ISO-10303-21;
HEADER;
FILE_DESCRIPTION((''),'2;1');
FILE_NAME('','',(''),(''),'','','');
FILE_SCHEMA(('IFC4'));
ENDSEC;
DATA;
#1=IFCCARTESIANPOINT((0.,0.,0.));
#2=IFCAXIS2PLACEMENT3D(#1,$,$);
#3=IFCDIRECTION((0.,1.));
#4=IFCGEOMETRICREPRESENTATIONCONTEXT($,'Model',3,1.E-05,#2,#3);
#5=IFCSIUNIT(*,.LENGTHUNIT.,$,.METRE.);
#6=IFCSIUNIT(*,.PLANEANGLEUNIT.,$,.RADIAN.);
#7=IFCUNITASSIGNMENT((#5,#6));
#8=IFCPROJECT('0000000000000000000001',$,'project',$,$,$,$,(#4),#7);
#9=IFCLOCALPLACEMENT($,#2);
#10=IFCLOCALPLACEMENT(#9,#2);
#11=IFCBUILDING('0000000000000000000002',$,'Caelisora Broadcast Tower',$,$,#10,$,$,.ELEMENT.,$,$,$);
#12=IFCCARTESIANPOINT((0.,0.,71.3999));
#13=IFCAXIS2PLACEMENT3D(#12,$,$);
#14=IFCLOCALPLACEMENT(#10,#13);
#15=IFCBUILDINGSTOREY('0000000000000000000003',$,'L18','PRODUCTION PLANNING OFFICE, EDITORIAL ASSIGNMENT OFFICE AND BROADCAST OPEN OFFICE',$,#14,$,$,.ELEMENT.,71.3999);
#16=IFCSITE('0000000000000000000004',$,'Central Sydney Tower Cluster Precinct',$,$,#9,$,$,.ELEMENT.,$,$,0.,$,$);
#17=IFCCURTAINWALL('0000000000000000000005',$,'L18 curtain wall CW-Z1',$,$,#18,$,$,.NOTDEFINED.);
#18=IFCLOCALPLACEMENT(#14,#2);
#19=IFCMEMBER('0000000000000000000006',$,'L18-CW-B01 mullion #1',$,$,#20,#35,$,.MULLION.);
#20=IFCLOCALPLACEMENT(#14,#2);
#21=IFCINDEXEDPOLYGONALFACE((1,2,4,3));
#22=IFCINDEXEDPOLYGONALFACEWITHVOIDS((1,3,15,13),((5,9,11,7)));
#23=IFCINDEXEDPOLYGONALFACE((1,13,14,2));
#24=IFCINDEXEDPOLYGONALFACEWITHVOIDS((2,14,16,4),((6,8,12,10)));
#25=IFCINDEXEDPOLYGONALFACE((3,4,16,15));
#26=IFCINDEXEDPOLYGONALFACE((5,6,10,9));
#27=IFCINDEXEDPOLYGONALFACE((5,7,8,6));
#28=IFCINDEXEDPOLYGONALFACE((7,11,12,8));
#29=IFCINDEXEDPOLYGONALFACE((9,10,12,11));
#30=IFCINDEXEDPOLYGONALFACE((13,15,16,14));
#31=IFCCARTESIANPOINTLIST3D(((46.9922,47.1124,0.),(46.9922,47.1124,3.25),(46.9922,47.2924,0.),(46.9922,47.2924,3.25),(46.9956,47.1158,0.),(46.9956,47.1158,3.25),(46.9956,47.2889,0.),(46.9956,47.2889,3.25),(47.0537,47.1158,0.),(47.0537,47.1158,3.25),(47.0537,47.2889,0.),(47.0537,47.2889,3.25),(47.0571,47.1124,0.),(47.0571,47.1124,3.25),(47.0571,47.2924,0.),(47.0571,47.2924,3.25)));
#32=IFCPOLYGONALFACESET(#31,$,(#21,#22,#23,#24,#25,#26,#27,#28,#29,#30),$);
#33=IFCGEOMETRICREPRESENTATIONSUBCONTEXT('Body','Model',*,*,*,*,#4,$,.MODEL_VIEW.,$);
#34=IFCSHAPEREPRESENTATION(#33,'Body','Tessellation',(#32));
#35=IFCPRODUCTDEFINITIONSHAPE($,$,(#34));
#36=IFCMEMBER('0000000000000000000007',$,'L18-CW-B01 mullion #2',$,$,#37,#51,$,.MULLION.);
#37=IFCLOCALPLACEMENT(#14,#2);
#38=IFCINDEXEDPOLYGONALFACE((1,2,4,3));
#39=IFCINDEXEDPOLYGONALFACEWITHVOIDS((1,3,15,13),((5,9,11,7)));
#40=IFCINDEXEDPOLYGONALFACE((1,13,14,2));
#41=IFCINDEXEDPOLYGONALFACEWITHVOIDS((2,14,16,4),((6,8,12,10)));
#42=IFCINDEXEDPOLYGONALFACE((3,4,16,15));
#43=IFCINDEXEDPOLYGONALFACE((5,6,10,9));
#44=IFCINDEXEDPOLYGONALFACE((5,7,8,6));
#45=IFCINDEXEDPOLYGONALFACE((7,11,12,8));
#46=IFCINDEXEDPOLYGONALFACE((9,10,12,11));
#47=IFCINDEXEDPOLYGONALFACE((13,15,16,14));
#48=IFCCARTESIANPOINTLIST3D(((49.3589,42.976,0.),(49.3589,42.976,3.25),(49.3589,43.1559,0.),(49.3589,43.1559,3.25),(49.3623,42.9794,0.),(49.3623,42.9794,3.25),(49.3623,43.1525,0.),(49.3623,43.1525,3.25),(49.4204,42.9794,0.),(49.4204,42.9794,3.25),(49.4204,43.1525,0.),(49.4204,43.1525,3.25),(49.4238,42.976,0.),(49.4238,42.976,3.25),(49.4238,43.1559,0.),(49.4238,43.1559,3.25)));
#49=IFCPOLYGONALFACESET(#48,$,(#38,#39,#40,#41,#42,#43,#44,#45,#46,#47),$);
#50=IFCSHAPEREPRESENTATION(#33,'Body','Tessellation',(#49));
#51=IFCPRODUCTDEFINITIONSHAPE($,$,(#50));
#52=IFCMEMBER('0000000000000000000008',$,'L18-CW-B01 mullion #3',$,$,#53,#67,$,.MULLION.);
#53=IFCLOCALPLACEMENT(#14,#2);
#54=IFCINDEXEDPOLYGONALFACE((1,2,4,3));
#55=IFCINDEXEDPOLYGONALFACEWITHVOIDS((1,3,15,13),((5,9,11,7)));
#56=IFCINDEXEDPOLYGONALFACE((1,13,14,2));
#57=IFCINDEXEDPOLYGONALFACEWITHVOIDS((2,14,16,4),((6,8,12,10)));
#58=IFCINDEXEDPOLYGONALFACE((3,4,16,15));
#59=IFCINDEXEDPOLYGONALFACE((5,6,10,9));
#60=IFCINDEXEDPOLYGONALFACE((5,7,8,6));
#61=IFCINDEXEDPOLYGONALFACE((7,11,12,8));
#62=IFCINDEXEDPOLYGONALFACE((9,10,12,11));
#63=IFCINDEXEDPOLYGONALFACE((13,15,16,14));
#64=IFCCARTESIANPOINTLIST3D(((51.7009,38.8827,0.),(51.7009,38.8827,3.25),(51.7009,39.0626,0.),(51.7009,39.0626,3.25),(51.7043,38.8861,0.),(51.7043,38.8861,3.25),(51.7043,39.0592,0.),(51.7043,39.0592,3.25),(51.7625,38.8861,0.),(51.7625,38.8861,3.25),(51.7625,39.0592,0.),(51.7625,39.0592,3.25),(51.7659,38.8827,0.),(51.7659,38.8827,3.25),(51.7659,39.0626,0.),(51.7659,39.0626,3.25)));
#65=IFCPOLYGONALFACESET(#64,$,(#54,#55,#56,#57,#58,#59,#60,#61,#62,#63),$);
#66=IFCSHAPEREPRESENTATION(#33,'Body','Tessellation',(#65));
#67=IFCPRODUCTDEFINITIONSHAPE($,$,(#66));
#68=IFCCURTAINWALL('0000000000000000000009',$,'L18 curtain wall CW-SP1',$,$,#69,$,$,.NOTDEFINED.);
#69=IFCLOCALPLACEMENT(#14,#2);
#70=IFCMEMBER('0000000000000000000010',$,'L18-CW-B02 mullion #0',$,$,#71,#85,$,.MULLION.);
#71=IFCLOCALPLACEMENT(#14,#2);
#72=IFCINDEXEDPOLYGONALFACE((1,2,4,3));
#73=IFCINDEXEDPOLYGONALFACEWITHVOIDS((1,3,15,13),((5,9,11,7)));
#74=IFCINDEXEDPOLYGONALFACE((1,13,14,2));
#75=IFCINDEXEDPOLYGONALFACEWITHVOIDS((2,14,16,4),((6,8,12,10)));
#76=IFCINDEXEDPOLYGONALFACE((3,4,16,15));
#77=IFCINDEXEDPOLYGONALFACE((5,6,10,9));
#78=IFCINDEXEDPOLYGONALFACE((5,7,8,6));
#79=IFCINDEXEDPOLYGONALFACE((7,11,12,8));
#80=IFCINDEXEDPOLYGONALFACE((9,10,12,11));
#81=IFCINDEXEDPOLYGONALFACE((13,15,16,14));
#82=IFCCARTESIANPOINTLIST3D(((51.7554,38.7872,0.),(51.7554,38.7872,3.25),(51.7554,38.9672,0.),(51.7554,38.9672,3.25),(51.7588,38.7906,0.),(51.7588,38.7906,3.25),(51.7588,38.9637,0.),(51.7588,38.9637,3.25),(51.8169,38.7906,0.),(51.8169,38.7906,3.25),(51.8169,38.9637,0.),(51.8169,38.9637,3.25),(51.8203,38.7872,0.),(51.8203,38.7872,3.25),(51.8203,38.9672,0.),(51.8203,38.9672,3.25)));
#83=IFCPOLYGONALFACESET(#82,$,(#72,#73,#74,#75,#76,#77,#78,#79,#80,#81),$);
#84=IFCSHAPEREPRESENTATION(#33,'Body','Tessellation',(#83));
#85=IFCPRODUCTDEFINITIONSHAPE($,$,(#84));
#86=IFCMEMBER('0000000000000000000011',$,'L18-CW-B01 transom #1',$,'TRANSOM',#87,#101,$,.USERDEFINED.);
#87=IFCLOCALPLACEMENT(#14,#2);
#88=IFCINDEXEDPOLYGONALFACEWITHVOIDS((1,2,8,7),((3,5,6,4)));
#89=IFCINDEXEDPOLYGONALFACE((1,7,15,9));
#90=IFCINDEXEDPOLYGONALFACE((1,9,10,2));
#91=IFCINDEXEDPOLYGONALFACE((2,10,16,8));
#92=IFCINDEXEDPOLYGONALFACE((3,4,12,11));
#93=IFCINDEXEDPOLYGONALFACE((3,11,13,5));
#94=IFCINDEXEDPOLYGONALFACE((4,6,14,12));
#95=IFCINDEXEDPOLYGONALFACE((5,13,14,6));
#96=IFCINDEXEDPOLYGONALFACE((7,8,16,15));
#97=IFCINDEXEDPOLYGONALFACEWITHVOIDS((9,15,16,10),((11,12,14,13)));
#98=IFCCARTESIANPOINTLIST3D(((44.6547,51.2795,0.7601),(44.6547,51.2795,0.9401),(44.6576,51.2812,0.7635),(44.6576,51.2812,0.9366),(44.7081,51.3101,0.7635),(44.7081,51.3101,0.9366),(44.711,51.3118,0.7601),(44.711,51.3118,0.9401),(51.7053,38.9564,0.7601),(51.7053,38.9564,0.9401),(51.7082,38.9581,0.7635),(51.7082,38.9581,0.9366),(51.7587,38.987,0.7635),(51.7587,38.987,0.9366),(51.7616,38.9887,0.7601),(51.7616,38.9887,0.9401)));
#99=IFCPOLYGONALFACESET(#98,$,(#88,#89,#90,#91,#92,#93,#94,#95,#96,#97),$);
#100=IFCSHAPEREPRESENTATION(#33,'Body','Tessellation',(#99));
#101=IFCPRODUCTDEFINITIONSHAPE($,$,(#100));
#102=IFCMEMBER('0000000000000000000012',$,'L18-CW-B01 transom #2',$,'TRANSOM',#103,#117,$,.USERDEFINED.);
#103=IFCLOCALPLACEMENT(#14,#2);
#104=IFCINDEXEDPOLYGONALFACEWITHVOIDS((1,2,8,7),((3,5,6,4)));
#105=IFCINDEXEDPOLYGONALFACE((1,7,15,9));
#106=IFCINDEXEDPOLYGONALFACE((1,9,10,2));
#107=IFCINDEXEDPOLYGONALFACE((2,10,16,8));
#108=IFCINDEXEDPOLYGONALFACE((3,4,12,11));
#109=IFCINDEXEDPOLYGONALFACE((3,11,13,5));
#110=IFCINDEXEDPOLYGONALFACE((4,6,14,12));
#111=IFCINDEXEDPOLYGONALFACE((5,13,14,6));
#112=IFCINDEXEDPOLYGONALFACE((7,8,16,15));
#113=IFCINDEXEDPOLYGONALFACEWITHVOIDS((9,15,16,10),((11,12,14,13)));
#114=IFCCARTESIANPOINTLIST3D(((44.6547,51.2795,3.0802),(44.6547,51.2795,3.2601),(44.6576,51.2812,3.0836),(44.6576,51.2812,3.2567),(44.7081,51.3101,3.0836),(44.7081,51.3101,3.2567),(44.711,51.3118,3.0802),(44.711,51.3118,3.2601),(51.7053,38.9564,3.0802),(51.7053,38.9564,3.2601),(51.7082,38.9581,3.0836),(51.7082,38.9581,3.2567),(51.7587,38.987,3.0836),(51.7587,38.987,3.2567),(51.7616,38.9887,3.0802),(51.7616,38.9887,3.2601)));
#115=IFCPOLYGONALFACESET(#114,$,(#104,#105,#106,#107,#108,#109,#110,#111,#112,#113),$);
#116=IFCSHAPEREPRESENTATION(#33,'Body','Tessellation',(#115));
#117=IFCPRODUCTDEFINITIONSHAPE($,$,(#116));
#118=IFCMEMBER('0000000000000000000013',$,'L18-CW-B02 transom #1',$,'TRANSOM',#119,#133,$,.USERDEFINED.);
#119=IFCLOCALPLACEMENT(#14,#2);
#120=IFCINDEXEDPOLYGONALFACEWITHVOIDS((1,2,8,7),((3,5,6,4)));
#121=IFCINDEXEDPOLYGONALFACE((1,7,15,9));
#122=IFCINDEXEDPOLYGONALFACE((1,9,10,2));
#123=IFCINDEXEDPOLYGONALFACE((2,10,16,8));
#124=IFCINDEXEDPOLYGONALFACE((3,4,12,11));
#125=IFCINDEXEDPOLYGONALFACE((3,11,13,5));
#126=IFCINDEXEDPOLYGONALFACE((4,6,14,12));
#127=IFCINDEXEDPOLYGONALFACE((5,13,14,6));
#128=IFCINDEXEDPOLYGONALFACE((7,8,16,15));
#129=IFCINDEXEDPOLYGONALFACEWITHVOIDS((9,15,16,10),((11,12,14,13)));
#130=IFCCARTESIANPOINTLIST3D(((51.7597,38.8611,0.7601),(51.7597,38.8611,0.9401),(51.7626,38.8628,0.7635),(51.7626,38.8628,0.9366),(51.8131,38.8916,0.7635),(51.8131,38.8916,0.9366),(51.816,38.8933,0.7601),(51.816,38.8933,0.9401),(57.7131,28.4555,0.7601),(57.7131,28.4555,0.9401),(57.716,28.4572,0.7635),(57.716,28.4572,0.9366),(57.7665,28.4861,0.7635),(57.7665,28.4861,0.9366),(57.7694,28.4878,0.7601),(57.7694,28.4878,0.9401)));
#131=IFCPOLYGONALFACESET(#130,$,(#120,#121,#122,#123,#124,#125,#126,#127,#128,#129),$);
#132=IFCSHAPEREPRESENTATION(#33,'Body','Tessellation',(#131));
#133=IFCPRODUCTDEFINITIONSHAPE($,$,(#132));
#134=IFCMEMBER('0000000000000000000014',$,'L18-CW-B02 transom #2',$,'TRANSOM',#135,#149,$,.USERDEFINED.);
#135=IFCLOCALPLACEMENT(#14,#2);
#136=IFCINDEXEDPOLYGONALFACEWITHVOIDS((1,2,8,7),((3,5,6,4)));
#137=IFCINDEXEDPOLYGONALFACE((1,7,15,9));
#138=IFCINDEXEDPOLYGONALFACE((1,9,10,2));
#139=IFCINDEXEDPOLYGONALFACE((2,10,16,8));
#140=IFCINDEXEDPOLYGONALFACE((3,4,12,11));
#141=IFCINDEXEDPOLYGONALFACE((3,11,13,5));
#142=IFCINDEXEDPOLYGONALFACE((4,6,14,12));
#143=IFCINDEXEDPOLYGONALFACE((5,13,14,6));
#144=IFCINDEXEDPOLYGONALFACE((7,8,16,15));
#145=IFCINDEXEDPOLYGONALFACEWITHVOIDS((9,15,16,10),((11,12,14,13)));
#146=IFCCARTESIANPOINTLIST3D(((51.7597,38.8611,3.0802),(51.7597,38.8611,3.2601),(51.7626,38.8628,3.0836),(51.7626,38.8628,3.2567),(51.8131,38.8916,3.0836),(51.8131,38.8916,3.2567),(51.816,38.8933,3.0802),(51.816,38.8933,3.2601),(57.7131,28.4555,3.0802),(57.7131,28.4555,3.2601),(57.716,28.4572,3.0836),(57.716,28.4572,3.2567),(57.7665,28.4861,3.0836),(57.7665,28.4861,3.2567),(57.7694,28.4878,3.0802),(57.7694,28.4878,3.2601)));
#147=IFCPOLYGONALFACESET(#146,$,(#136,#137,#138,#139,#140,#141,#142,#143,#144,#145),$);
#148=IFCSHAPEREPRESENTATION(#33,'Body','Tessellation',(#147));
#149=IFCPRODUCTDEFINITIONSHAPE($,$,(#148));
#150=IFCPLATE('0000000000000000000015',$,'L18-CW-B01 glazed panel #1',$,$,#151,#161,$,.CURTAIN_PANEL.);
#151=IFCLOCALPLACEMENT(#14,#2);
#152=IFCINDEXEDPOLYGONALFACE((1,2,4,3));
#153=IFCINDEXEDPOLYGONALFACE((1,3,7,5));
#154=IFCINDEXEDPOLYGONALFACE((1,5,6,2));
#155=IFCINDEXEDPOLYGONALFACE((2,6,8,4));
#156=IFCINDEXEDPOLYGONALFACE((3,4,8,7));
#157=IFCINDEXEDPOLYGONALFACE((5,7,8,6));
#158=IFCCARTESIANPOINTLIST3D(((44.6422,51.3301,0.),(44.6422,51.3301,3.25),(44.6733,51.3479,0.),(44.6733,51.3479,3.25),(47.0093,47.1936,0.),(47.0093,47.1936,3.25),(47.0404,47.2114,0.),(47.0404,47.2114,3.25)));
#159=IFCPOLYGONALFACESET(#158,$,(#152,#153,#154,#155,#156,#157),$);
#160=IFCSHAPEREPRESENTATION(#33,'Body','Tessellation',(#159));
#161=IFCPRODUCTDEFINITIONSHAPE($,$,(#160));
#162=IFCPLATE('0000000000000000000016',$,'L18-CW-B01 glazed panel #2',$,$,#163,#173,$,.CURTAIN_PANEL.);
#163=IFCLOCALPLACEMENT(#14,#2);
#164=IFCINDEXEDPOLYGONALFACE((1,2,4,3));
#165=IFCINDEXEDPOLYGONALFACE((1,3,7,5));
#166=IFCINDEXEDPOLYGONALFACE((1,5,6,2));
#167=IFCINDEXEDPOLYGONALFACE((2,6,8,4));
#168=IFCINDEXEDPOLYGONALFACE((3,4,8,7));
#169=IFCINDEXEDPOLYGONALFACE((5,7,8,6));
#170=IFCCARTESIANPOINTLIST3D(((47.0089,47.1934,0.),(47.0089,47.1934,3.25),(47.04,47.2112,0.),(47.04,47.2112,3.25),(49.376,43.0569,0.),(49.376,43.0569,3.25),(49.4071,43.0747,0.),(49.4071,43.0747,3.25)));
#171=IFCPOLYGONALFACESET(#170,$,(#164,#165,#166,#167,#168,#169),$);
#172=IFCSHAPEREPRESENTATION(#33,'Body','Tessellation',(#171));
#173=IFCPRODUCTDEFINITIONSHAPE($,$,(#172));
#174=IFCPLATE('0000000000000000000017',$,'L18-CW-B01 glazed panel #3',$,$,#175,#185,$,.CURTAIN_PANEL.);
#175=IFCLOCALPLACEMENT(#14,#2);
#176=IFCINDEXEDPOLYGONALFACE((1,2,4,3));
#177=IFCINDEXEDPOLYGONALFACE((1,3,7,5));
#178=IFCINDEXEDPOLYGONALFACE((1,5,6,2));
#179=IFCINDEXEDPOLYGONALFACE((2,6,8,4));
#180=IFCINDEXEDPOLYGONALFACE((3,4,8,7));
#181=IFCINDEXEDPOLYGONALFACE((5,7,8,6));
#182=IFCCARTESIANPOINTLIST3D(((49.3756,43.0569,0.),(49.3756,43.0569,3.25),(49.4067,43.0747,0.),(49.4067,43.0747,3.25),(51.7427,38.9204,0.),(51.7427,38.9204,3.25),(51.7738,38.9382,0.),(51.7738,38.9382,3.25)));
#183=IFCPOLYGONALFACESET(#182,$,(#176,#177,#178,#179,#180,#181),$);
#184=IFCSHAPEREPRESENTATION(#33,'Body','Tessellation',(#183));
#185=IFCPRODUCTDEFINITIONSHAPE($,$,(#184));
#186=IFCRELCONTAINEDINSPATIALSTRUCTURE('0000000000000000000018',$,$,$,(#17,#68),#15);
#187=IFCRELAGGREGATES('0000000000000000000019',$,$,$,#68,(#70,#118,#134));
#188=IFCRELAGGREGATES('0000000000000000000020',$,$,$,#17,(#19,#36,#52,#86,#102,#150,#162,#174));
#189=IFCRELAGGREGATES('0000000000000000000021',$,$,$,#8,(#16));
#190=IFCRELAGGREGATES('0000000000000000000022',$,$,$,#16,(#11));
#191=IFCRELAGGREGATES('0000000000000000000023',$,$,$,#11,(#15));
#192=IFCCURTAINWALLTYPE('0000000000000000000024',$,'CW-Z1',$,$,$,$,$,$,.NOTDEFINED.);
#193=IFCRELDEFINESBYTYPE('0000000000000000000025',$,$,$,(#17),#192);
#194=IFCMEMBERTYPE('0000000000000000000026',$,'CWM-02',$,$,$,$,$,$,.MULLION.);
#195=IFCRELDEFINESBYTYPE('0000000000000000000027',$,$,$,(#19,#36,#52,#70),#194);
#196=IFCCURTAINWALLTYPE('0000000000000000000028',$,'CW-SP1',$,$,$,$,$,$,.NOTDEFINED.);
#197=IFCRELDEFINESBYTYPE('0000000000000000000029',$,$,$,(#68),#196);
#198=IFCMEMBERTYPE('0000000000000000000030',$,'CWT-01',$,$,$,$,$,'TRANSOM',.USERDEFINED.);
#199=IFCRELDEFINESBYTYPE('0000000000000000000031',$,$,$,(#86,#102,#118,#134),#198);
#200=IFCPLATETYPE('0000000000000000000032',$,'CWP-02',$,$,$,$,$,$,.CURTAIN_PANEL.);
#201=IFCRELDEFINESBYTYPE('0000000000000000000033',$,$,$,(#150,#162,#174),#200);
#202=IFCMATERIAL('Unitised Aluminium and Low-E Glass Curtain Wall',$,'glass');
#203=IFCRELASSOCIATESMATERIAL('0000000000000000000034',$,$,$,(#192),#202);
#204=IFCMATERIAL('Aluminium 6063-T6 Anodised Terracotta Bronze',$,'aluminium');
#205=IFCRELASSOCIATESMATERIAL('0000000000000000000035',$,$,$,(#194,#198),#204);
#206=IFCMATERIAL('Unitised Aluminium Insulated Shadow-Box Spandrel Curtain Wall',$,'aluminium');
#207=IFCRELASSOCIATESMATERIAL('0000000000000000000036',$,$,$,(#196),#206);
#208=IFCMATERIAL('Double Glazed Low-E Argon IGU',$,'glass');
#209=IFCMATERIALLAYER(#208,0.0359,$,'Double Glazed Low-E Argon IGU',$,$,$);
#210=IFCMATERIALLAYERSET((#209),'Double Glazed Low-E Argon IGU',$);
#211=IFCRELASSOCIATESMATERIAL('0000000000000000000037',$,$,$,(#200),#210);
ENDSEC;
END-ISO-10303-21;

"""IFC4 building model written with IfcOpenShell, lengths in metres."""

from ifc_helpers import new_model, si_unit, direction, frame, origin, origin_2d, place, context, subcontext, project, spatial, rectangle, hollow_rectangle, extrude, source, transform, mapped, material, layer, layer_set, material_profile, profile_set, type_object, type_shapes, element, aggregate, save


model = new_model("IFC4")

# Units and contexts
model_context = context("Model", 3, precision=1e-05, world=origin(), true_north=direction((0.0, 1.0)))
body_context = subcontext(model_context, "Body", "Model", "MODEL_VIEW")
ifc_project = project(units=[si_unit("LENGTHUNIT", "METRE"), si_unit("PLANEANGLEUNIT", "RADIAN")], contexts=[model_context])

# Site, building, storey
site_placement = place(None, origin())
site = spatial("IfcSite", under=ifc_project, at=site_placement, Name="Central Sydney Tower Cluster Precinct", CompositionType="ELEMENT", RefElevation=0.0)
building_placement = place(site_placement, origin())
building = spatial("IfcBuilding", under=site, at=building_placement, Name="Caelisora Broadcast Tower", CompositionType="ELEMENT")
storey_placement = place(building_placement, frame((0.0, 0.0, 71.3999)))
storey = spatial("IfcBuildingStorey", under=building, at=storey_placement, Name="L18", Description="PRODUCTION PLANNING OFFICE, EDITORIAL ASSIGNMENT OFFICE AND BROADCAST OPEN OFFICE", CompositionType="ELEMENT", Elevation=71.3999)

# Curtain wall, members
ifc_material_1 = material(Name="Unitised Aluminium and Low-E Glass Curtain Wall", Category="glass")
curtain_wall_type_1 = type_object("IfcCurtainWallType", Name="CW-Z1", PredefinedType="NOTDEFINED", material=ifc_material_1)
curtain_wall_1_placement = place(storey_placement, origin())
curtain_wall_1 = element("IfcCurtainWall", 1, at=curtain_wall_1_placement, inside=storey, type_object=curtain_wall_type_1, Name="L18 curtain wall CW-Z1", PredefinedType="NOTDEFINED")
ifc_material_2 = material(Name="Aluminium 6063-T6 Anodised Terracotta Bronze", Category="aluminium")
ifc_material_profile_1 = material_profile(ifc_material_2, hollow_rectangle(XDim=0.0649, YDim=0.1799, WallThickness=0.0034, at=origin_2d()), Name="Aluminium 6063-T6 Anodised Terracotta Bronze")
ifc_profile_set_1 = profile_set([ifc_material_profile_1], Name="Aluminium 6063-T6 Anodised Terracotta Bronze")
member_type_1 = type_object("IfcMemberType", Name="CWM-02", PredefinedType="MULLION", material=ifc_profile_set_1)
shared_shape_1 = source(origin(), body_context, "Body", "SweptSolid", [
    extrude(hollow_rectangle(XDim=0.0649, YDim=0.1799, WallThickness=0.0034, at=origin_2d()), origin(), (0.0, 0.0, 1.0), 3.25),
])
type_shapes(member_type_1, [shared_shape_1])
member_1_placement = place(storey_placement, frame((47.0247, 47.2024, 0.0), z_axis=(0.0, 0.0, 1.0), x_axis=(1.0, 0.0, 0.0)))
member_1 = element("IfcMember", 2, at=member_1_placement, type_object=member_type_1, Name="L18-CW-B01 mullion #1", PredefinedType="MULLION", context=body_context, shape_type="MappedRepresentation", body=[
    mapped(shared_shape_1, transform((0.0, 0.0, 0.0), scale=1.0)),
])
member_2_placement = place(storey_placement, frame((49.3914, 43.0659, 0.0), z_axis=(0.0, 0.0, 1.0), x_axis=(1.0, 0.0, 0.0)))
member_2 = element("IfcMember", 3, at=member_2_placement, type_object=member_type_1, Name="L18-CW-B01 mullion #2", PredefinedType="MULLION", context=body_context, shape_type="MappedRepresentation", body=[
    mapped(shared_shape_1, transform((0.0, 0.0, 0.0), scale=1.0)),
])
member_3_placement = place(storey_placement, frame((51.7334, 38.9727, 0.0), z_axis=(0.0, 0.0, 1.0), x_axis=(1.0, 0.0, 0.0)))
member_3 = element("IfcMember", 4, at=member_3_placement, type_object=member_type_1, Name="L18-CW-B01 mullion #3", PredefinedType="MULLION", context=body_context, shape_type="MappedRepresentation", body=[
    mapped(shared_shape_1, transform((0.0, 0.0, 0.0), scale=1.0)),
])

# Curtain wall, member
ifc_material_3 = material(Name="Unitised Aluminium Insulated Shadow-Box Spandrel Curtain Wall", Category="aluminium")
curtain_wall_type_2 = type_object("IfcCurtainWallType", Name="CW-SP1", PredefinedType="NOTDEFINED", material=ifc_material_3)
curtain_wall_2_placement = place(storey_placement, origin())
curtain_wall_2 = element("IfcCurtainWall", 5, at=curtain_wall_2_placement, inside=storey, type_object=curtain_wall_type_2, Name="L18 curtain wall CW-SP1", PredefinedType="NOTDEFINED")
member_4_placement = place(storey_placement, frame((51.7878, 38.8772, 0.0), z_axis=(0.0, 0.0, 1.0), x_axis=(1.0, 0.0, 0.0)))
member_4 = element("IfcMember", 6, at=member_4_placement, type_object=member_type_1, Name="L18-CW-B02 mullion #0", PredefinedType="MULLION", context=body_context, shape_type="MappedRepresentation", body=[
    mapped(shared_shape_1, transform((0.0, 0.0, 0.0), scale=1.0)),
])

# Members
ifc_material_profile_2 = material_profile(ifc_material_2, hollow_rectangle(XDim=0.0649, YDim=0.1799, WallThickness=0.0034, at=origin_2d()), Name="Aluminium 6063-T6 Anodised Terracotta Bronze")
ifc_profile_set_2 = profile_set([ifc_material_profile_2], Name="Aluminium 6063-T6 Anodised Terracotta Bronze")
member_type_2 = type_object("IfcMemberType", Name="CWT-01", ElementType="TRANSOM", PredefinedType="USERDEFINED", material=ifc_profile_set_2)
shared_shape_2 = source(origin(), body_context, "Body", "SweptSolid", [
    extrude(hollow_rectangle(XDim=0.0649, YDim=0.1799, WallThickness=0.0034, at=origin_2d()), origin(), (0.0, 0.0, 1.0), 14.1975),
])
member_5_placement = place(storey_placement, frame((44.6829, 51.2957, 0.8501), z_axis=(0.496607, -0.867975, 0.0), x_axis=(0.867975, 0.496607, 0.0)))
member_5 = element("IfcMember", 7, at=member_5_placement, type_object=member_type_2, Name="L18-CW-B01 transom #1", ObjectType="TRANSOM", PredefinedType="USERDEFINED", context=body_context, shape_type="MappedRepresentation", body=[
    mapped(shared_shape_2, transform((0.0, 0.0, 0.0), scale=1.0)),
])
member_6_placement = place(storey_placement, frame((44.6829, 51.2957, 3.1702), z_axis=(0.496607, -0.867975, 0.0), x_axis=(0.867975, 0.496607, 0.0)))
member_6 = element("IfcMember", 8, at=member_6_placement, type_object=member_type_2, Name="L18-CW-B01 transom #2", ObjectType="TRANSOM", PredefinedType="USERDEFINED", context=body_context, shape_type="MappedRepresentation", body=[
    mapped(shared_shape_2, transform((0.0, 0.0, 0.0), scale=1.0)),
])
shared_shape_3 = source(origin(), body_context, "Body", "SweptSolid", [
    extrude(hollow_rectangle(XDim=0.0649, YDim=0.1799, WallThickness=0.0034, at=origin_2d()), origin(), (0.0, 0.0, 1.0), 11.9883),
])
type_shapes(member_type_2, [shared_shape_2, shared_shape_3])
member_7_placement = place(storey_placement, frame((51.7878, 38.8772, 0.8501), z_axis=(0.496602, -0.867979, 0.0), x_axis=(0.867979, 0.496602, 0.0)))
member_7 = element("IfcMember", 9, at=member_7_placement, type_object=member_type_2, Name="L18-CW-B02 transom #1", ObjectType="TRANSOM", PredefinedType="USERDEFINED", context=body_context, shape_type="MappedRepresentation", body=[
    mapped(shared_shape_3, transform((0.0, 0.0, 0.0), scale=1.0)),
])
member_8_placement = place(storey_placement, frame((51.7878, 38.8772, 3.1702), z_axis=(0.496602, -0.867979, 0.0), x_axis=(0.867979, 0.496602, 0.0)))
member_8 = element("IfcMember", 10, at=member_8_placement, type_object=member_type_2, Name="L18-CW-B02 transom #2", ObjectType="TRANSOM", PredefinedType="USERDEFINED", context=body_context, shape_type="MappedRepresentation", body=[
    mapped(shared_shape_3, transform((0.0, 0.0, 0.0), scale=1.0)),
])
aggregate(curtain_wall_2, [member_4, member_7, member_8])

# Plates
ifc_material_4 = material(Name="Double Glazed Low-E Argon IGU", Category="glass")
ifc_layer_1 = layer(ifc_material_4, 0.0359, Name="Double Glazed Low-E Argon IGU")
ifc_layer_set_1 = layer_set([ifc_layer_1], Name="Double Glazed Low-E Argon IGU")
plate_type = type_object("IfcPlateType", Name="CWP-02", PredefinedType="CURTAIN_PANEL", material=ifc_layer_set_1)
shared_shape_4 = source(origin(), body_context, "Body", "SweptSolid", [
    extrude(rectangle(XDim=4.7659, YDim=0.0359, at=origin_2d()), origin(), (0.0, 0.0, 1.0), 3.25),
])
type_shapes(plate_type, [shared_shape_4])
plate_1_placement = place(storey_placement, frame((45.8413, 49.2708, 0.0), z_axis=(0.0, 0.0, 1.0), x_axis=(0.496671, -0.867939, 0.0)))
plate_1 = element("IfcPlate", 11, at=plate_1_placement, type_object=plate_type, Name="L18-CW-B01 glazed panel #1", PredefinedType="CURTAIN_PANEL", context=body_context, shape_type="MappedRepresentation", body=[
    mapped(shared_shape_4, transform((0.0, 0.0, 0.0), scale=1.0)),
])
plate_2_placement = place(storey_placement, frame((48.208, 45.134, 0.0), z_axis=(0.0, 0.0, 1.0), x_axis=(0.496671, -0.867939, 0.0)))
plate_2 = element("IfcPlate", 12, at=plate_2_placement, type_object=plate_type, Name="L18-CW-B01 glazed panel #2", PredefinedType="CURTAIN_PANEL", context=body_context, shape_type="MappedRepresentation", body=[
    mapped(shared_shape_4, transform((0.0, 0.0, 0.0), scale=1.0)),
])
plate_3_placement = place(storey_placement, frame((50.5747, 40.9976, 0.0), z_axis=(0.0, 0.0, 1.0), x_axis=(0.496671, -0.867939, 0.0)))
plate_3 = element("IfcPlate", 13, at=plate_3_placement, type_object=plate_type, Name="L18-CW-B01 glazed panel #3", PredefinedType="CURTAIN_PANEL", context=body_context, shape_type="MappedRepresentation", body=[
    mapped(shared_shape_4, transform((0.0, 0.0, 0.0), scale=1.0)),
])
aggregate(curtain_wall_1, [member_1, member_2, member_3, member_5, member_6, plate_1, plate_2, plate_3])

save(model, "model.ifc")
